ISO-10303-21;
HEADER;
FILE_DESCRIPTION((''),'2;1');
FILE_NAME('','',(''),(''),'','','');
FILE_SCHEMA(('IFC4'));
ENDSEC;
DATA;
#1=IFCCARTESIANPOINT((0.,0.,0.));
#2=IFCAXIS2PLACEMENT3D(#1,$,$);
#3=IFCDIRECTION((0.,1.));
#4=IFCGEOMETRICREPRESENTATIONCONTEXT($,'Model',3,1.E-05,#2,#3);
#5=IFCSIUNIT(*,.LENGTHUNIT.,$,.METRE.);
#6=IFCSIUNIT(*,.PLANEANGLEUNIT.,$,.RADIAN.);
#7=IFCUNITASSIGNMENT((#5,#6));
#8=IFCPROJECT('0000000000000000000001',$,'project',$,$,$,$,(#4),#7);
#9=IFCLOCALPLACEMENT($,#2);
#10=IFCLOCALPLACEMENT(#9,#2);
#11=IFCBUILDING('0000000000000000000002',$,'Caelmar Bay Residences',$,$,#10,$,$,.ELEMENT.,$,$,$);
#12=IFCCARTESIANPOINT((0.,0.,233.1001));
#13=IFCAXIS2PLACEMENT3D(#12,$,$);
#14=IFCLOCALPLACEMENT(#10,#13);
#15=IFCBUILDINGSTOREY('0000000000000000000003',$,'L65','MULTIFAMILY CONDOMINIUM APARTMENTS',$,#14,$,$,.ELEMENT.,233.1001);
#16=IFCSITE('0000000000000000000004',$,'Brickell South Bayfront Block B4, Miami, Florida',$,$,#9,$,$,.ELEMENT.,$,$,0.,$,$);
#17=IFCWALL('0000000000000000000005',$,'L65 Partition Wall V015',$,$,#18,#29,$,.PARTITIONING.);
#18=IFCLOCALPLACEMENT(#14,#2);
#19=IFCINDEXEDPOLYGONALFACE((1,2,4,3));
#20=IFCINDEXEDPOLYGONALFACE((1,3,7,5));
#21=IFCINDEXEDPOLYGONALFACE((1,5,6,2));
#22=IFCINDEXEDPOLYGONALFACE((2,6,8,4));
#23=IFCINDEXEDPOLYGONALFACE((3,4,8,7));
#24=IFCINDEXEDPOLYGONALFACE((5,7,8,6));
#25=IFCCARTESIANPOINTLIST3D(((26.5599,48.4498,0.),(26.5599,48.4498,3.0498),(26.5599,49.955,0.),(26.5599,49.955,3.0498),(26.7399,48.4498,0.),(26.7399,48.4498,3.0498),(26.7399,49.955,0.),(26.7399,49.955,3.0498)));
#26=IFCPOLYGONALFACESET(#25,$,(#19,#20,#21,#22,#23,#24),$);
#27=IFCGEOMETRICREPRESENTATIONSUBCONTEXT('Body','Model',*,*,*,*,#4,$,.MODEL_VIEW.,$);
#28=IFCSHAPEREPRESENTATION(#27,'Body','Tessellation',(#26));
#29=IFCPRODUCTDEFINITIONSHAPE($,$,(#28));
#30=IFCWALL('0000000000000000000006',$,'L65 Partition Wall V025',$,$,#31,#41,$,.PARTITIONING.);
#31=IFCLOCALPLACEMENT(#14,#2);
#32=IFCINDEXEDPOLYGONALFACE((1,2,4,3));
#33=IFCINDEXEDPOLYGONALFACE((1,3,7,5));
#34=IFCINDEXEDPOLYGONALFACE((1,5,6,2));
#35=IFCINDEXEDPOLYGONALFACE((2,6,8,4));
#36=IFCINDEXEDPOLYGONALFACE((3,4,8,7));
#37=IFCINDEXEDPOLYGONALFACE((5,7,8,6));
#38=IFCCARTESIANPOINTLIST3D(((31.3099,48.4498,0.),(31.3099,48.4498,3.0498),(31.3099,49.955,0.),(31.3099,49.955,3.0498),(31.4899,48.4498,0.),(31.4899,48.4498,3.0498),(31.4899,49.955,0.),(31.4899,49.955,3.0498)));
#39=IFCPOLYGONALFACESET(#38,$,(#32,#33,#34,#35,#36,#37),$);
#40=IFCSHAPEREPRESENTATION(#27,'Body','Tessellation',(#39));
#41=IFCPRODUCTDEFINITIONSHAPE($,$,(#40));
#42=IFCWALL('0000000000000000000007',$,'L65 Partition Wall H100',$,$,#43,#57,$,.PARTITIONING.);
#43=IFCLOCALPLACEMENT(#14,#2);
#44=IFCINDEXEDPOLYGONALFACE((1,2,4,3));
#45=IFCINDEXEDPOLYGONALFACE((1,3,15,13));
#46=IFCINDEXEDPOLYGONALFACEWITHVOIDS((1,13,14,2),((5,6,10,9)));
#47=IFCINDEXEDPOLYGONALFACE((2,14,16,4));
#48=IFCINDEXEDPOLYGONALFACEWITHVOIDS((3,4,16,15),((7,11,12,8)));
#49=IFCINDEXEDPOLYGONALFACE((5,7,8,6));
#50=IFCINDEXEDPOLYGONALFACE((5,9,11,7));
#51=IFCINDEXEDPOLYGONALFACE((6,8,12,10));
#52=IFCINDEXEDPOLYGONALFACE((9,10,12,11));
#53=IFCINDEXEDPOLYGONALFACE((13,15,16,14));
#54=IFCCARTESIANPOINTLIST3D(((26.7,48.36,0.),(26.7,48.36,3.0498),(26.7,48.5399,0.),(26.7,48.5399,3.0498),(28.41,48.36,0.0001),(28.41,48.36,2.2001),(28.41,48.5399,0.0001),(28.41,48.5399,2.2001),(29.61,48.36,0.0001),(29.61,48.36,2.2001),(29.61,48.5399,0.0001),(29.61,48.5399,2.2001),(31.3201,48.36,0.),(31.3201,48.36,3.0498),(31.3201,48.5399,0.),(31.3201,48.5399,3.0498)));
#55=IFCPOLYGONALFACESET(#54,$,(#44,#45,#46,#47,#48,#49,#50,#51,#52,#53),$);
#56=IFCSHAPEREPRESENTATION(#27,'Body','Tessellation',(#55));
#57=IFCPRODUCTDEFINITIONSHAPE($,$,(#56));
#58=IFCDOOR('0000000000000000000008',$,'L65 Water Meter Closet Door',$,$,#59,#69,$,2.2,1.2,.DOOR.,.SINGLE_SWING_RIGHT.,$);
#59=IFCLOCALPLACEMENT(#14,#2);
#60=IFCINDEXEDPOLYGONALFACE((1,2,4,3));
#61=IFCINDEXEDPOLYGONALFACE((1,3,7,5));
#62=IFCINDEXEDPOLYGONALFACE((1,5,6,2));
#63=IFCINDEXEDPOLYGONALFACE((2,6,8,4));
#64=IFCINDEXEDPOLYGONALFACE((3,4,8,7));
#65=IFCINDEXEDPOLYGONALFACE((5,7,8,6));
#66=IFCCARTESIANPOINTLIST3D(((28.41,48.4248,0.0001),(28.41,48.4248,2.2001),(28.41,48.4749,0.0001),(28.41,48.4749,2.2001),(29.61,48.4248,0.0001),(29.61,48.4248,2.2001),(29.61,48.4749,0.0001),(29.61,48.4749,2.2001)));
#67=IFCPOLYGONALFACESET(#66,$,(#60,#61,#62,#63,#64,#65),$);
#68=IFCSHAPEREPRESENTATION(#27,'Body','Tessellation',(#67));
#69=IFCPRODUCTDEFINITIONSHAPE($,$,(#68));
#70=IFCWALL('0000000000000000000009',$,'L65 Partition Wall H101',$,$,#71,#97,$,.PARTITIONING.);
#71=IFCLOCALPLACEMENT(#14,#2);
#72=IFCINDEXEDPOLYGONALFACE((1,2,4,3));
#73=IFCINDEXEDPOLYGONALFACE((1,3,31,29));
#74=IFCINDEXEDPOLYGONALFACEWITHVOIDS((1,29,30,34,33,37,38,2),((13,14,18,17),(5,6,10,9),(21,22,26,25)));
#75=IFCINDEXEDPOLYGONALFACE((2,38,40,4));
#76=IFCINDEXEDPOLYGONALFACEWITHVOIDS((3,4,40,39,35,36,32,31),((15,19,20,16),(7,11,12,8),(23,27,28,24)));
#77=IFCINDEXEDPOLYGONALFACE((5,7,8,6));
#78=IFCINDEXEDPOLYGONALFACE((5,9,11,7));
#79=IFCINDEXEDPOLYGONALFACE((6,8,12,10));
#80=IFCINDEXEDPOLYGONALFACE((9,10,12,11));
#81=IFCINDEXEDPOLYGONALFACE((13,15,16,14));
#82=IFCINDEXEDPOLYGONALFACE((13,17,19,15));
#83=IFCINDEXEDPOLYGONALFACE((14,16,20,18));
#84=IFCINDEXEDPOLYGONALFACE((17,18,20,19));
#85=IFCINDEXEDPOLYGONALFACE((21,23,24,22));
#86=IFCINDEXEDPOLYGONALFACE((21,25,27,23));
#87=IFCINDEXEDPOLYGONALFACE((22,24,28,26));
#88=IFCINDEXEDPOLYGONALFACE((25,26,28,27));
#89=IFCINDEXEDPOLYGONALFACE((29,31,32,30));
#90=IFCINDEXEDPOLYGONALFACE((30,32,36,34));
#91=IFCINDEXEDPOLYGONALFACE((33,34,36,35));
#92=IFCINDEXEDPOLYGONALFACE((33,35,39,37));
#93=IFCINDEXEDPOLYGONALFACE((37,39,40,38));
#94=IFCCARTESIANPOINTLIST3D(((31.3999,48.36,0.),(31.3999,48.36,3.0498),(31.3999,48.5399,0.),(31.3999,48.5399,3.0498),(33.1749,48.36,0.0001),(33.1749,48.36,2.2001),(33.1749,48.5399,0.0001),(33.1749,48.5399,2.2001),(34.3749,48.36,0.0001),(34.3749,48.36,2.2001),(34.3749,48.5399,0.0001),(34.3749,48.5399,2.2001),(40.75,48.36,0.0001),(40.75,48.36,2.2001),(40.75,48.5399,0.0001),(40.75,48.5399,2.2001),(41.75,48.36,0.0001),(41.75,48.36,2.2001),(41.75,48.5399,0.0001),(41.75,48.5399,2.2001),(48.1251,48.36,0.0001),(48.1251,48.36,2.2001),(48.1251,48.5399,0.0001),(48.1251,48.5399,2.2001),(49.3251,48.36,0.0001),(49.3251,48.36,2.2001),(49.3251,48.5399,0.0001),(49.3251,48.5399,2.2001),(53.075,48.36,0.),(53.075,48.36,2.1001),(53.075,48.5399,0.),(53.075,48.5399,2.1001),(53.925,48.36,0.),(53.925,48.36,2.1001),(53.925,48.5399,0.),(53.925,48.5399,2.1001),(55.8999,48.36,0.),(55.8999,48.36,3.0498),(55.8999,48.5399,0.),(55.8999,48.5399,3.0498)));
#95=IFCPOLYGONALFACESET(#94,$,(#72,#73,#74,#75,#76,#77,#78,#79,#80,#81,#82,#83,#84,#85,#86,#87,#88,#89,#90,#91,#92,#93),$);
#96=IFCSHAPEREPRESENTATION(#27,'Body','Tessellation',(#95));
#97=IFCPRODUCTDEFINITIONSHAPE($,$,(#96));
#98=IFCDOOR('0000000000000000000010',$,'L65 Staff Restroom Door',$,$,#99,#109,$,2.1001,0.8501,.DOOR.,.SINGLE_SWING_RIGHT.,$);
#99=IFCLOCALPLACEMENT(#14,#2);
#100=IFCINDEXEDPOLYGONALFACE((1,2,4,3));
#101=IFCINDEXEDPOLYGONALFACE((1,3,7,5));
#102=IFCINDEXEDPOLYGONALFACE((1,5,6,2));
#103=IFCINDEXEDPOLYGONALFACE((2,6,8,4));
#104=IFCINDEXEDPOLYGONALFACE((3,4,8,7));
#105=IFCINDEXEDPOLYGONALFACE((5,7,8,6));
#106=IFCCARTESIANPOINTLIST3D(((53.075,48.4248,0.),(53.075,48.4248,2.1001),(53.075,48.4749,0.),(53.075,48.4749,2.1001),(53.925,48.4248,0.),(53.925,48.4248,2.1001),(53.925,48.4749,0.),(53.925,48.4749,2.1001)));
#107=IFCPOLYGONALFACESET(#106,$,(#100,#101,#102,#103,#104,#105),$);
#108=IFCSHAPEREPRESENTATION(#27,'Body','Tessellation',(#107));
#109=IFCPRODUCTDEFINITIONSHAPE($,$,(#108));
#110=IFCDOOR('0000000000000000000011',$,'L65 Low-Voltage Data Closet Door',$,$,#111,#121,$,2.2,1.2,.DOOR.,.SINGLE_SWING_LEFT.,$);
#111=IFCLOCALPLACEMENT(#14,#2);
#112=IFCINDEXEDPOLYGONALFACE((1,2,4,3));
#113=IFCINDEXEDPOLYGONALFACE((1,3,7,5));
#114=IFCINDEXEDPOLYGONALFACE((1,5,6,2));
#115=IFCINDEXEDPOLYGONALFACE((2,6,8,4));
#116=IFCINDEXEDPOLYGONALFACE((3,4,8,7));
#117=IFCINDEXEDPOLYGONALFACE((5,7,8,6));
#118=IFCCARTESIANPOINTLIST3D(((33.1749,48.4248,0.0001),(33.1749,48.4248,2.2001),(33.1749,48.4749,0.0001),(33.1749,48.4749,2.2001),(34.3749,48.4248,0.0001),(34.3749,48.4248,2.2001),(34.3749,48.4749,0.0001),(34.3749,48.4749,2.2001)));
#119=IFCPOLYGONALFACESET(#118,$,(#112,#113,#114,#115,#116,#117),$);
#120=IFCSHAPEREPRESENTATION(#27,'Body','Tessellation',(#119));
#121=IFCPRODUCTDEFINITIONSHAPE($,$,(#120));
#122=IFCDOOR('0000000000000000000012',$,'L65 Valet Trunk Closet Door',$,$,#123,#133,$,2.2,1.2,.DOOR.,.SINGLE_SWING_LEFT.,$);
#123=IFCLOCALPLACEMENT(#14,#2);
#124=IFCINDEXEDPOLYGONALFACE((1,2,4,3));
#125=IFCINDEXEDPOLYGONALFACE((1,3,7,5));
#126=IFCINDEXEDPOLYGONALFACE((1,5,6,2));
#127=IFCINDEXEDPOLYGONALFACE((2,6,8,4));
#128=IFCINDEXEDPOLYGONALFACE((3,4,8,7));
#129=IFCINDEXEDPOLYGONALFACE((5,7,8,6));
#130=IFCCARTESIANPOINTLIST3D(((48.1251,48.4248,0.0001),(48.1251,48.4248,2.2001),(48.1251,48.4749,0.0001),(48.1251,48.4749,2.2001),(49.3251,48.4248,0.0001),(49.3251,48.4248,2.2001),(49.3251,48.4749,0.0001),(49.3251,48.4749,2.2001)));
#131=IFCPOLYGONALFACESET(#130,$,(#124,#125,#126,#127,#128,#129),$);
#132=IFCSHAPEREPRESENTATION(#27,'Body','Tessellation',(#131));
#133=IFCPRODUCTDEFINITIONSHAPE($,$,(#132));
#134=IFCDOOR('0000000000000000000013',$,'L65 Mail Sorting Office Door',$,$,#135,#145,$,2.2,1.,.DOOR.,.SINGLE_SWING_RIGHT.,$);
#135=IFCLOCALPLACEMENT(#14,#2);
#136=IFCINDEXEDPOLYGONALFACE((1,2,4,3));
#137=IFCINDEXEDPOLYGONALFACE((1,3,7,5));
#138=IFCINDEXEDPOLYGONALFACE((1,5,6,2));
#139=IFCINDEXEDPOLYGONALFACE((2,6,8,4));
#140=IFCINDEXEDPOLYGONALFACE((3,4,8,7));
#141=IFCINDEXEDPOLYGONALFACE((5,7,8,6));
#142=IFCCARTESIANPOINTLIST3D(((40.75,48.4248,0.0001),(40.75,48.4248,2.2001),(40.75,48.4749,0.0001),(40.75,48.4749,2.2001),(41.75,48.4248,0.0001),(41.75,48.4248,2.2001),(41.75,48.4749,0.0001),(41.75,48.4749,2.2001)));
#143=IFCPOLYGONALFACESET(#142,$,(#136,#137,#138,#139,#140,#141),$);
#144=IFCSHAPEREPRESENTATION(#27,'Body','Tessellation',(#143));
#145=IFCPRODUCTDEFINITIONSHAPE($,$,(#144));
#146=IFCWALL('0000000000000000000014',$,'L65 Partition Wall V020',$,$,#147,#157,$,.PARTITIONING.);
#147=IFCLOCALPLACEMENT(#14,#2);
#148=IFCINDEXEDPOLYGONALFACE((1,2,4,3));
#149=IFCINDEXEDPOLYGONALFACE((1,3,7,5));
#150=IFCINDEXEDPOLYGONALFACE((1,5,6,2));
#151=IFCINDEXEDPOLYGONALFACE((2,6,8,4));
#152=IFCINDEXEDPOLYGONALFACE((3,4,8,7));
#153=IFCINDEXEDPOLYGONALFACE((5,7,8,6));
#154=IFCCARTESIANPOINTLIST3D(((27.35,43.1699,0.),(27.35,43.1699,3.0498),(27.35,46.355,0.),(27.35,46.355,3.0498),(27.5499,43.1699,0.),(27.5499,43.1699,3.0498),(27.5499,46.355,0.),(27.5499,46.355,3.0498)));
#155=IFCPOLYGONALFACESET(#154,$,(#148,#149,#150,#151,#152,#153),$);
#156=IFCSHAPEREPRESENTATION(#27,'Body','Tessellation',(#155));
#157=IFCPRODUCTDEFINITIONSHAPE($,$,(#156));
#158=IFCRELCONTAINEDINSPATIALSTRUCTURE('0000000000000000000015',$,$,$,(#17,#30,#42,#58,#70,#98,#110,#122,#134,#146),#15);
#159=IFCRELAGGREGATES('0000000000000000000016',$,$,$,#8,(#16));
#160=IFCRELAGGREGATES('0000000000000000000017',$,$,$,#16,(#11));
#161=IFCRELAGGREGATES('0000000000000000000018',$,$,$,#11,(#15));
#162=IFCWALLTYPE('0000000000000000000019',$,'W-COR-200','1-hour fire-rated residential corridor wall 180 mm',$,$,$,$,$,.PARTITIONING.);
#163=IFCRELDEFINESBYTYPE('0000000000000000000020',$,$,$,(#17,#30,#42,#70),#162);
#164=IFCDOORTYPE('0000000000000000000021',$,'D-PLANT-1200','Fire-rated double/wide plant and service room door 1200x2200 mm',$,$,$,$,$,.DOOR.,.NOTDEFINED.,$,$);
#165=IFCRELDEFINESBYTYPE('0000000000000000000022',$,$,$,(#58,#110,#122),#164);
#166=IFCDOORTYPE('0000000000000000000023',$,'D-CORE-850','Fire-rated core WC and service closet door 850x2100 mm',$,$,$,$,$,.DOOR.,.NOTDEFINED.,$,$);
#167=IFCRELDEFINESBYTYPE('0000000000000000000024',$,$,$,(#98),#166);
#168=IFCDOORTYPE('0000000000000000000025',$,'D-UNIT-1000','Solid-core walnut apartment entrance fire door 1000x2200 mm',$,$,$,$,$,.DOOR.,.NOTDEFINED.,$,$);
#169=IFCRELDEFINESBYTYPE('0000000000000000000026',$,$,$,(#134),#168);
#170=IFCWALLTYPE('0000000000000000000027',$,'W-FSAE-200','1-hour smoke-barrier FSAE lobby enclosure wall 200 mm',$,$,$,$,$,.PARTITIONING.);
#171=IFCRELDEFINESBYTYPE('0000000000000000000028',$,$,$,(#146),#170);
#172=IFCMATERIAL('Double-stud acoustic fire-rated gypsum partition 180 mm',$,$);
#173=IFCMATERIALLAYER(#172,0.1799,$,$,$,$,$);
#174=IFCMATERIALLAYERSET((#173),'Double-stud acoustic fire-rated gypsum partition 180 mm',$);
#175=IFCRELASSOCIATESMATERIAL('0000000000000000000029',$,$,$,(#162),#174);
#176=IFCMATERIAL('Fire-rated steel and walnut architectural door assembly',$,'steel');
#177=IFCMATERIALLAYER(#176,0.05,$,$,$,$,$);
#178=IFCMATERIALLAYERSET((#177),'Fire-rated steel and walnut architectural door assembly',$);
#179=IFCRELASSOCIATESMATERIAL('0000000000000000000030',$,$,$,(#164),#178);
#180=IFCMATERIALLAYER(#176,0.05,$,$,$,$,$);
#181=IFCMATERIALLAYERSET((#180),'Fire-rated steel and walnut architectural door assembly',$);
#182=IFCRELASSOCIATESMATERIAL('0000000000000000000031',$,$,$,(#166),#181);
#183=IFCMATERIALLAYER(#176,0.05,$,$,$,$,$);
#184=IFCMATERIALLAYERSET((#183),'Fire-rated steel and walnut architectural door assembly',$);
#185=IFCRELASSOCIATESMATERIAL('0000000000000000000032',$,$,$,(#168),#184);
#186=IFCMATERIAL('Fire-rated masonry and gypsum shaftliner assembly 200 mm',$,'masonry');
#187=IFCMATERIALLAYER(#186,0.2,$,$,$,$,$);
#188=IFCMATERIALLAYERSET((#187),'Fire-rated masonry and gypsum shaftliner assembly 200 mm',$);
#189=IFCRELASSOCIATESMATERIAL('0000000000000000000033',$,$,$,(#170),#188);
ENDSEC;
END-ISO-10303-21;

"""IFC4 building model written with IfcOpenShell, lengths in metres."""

from ifc_helpers import new_model, si_unit, direction, frame, frame_2d, origin, place, context, subcontext, project, spatial, rectangle, extrude, material, layer, layer_set, type_object, element, fill, save


model = new_model("IFC4")

# Units and contexts
model_context = context("Model", 3, precision=1e-05, world=origin(), true_north=direction((0.0, 1.0)))
body_context = subcontext(model_context, "Body", "Model", "MODEL_VIEW")
ifc_project = project(units=[si_unit("LENGTHUNIT", "METRE"), si_unit("PLANEANGLEUNIT", "RADIAN")], contexts=[model_context])

# Site, building, storey
site_placement = place(None, origin())
site = spatial("IfcSite", under=ifc_project, at=site_placement, Name="Brickell South Bayfront Block B4, Miami, Florida", CompositionType="ELEMENT", RefElevation=0.0)
building_placement = place(site_placement, origin())
building = spatial("IfcBuilding", under=site, at=building_placement, Name="Caelmar Bay Residences", CompositionType="ELEMENT")
storey_placement = place(building_placement, frame((0.0, 0.0, 233.1001)))
storey = spatial("IfcBuildingStorey", under=building, at=storey_placement, Name="L65", Description="MULTIFAMILY CONDOMINIUM APARTMENTS", CompositionType="ELEMENT", Elevation=233.1001)

# Walls
ifc_material_1 = material(Name="Double-stud acoustic fire-rated gypsum partition 180 mm")
ifc_layer_1 = layer(ifc_material_1, 0.1799)
ifc_layer_set_1 = layer_set([ifc_layer_1], Name="Double-stud acoustic fire-rated gypsum partition 180 mm")
wall_type_1 = type_object("IfcWallType", Name="W-COR-200", Description="1-hour fire-rated residential corridor wall 180 mm", PredefinedType="PARTITIONING", material=ifc_layer_set_1)
for number, where, z_axis, x_axis, name in (
    (1, (26.6499, 48.45, 0.0), (0.0, 0.0, 1.0), (0.0, 1.0, 0.0), "L65 Partition Wall V015"),
    (2, (31.3999, 48.45, 0.0), (0.0, 0.0, 1.0), (0.0, 1.0, 0.0), "L65 Partition Wall V025"),
):
    element("IfcWall", number, at=place(storey_placement, frame(where, z_axis=z_axis, x_axis=x_axis)), inside=storey, type_object=wall_type_1, Name=name, PredefinedType="PARTITIONING", context=body_context, shape_type="SweptSolid", body=[
        extrude(rectangle(XDim=1.5051, YDim=0.1799, at=frame_2d((0.7524, 0.0))), origin(), (0.0, 0.0, 1.0), 3.0498),
    ])

# Wall, opening, door
wall_1_placement = place(storey_placement, frame((26.7, 48.45, 0.0), z_axis=(0.0, 0.0, 1.0), x_axis=(1.0, 0.0, 0.0)))
wall_1 = element("IfcWall", 3, at=wall_1_placement, inside=storey, type_object=wall_type_1, Name="L65 Partition Wall H100", PredefinedType="PARTITIONING", context=body_context, shape_type="SweptSolid", body=[
    extrude(rectangle(XDim=4.6201, YDim=0.1799, at=frame_2d((2.3101, 0.0))), origin(), (0.0, 0.0, 1.0), 3.0498),
])
opening_1_placement = place(wall_1_placement, frame((1.71, 0.0, 0.0)))
opening_1 = element("IfcOpeningElement", 4, at=opening_1_placement, cuts=wall_1, PredefinedType="OPENING", context=body_context, shape_type="SweptSolid", body=[
    extrude(rectangle(XDim=1.2, YDim=2.2, at=frame_2d((0.6001, 1.1001))), frame((0.0, 0.0999, 0.0), z_axis=(0.0, -1.0, 0.0), x_axis=(1.0, 0.0, 0.0)), (0.0, 0.0, 1.0), 0.2),
])
ifc_material_2 = material(Name="Fire-rated steel and walnut architectural door assembly", Category="steel")
ifc_layer_2 = layer(ifc_material_2, 0.05)
ifc_layer_set_2 = layer_set([ifc_layer_2], Name="Fire-rated steel and walnut architectural door assembly")
door_type_1 = type_object("IfcDoorType", Name="D-PLANT-1200", Description="Fire-rated double/wide plant and service room door 1200x2200 mm", OperationType="NOTDEFINED", PredefinedType="DOOR", material=ifc_layer_set_2)
door_1_placement = place(opening_1_placement, origin())
door_1 = element("IfcDoor", 5, at=door_1_placement, inside=storey, type_object=door_type_1, Name="L65 Water Meter Closet Door", OperationType="SINGLE_SWING_RIGHT", OverallHeight=2.2, OverallWidth=1.2, PredefinedType="DOOR", context=body_context, shape_type="SweptSolid", body=[
    extrude(rectangle(XDim=1.2, YDim=2.2, at=frame_2d((0.6001, 1.1001))), frame((0.0, 0.0249, 0.0), z_axis=(0.0, -1.0, 0.0), x_axis=(1.0, 0.0, 0.0)), (0.0, 0.0, 1.0), 0.05),
])
fill(opening_1, door_1)

# Wall, openings, doors
wall_2_placement = place(storey_placement, frame((31.3999, 48.45, 0.0), z_axis=(0.0, 0.0, 1.0), x_axis=(1.0, 0.0, 0.0)))
wall_2 = element("IfcWall", 6, at=wall_2_placement, inside=storey, type_object=wall_type_1, Name="L65 Partition Wall H101", PredefinedType="PARTITIONING", context=body_context, shape_type="SweptSolid", body=[
    extrude(rectangle(XDim=24.5, YDim=0.1799, at=frame_2d((12.25, 0.0))), origin(), (0.0, 0.0, 1.0), 3.0498),
])
opening_2_placement = place(wall_2_placement, frame((1.7749, 0.0, 0.0)))
opening_2 = element("IfcOpeningElement", 7, at=opening_2_placement, cuts=wall_2, PredefinedType="OPENING", context=body_context, shape_type="SweptSolid", body=[
    extrude(rectangle(XDim=1.2, YDim=2.2, at=frame_2d((0.6001, 1.1001))), frame((0.0, 0.0999, 0.0), z_axis=(0.0, -1.0, 0.0), x_axis=(1.0, 0.0, 0.0)), (0.0, 0.0, 1.0), 0.2),
])
opening_3_placement = place(wall_2_placement, frame((9.3501, 0.0, 0.0)))
opening_3 = element("IfcOpeningElement", 8, at=opening_3_placement, cuts=wall_2, PredefinedType="OPENING", context=body_context, shape_type="SweptSolid", body=[
    extrude(rectangle(XDim=1.0, YDim=2.2, at=frame_2d((0.5, 1.1001))), frame((0.0, 0.0999, 0.0), z_axis=(0.0, -1.0, 0.0), x_axis=(1.0, 0.0, 0.0)), (0.0, 0.0, 1.0), 0.2),
])
opening_4_placement = place(wall_2_placement, frame((16.7251, 0.0, 0.0)))
opening_4 = element("IfcOpeningElement", 9, at=opening_4_placement, cuts=wall_2, PredefinedType="OPENING", context=body_context, shape_type="SweptSolid", body=[
    extrude(rectangle(XDim=1.2, YDim=2.2, at=frame_2d((0.6001, 1.1001))), frame((0.0, 0.0999, 0.0), z_axis=(0.0, -1.0, 0.0), x_axis=(1.0, 0.0, 0.0)), (0.0, 0.0, 1.0), 0.2),
])
opening_5_placement = place(wall_2_placement, frame((21.675, 0.0, 0.0)))
opening_5 = element("IfcOpeningElement", 10, at=opening_5_placement, cuts=wall_2, PredefinedType="OPENING", context=body_context, shape_type="SweptSolid", body=[
    extrude(rectangle(XDim=0.8501, YDim=2.1001, at=frame_2d((0.425, 1.05))), frame((0.0, 0.0999, 0.0), z_axis=(0.0, -1.0, 0.0), x_axis=(1.0, 0.0, 0.0)), (0.0, 0.0, 1.0), 0.2),
])
ifc_layer_3 = layer(ifc_material_2, 0.05)
ifc_layer_set_3 = layer_set([ifc_layer_3], Name="Fire-rated steel and walnut architectural door assembly")
door_type_2 = type_object("IfcDoorType", Name="D-CORE-850", Description="Fire-rated core WC and service closet door 850x2100 mm", OperationType="NOTDEFINED", PredefinedType="DOOR", material=ifc_layer_set_3)
door_2_placement = place(opening_5_placement, origin())
door_2 = element("IfcDoor", 11, at=door_2_placement, inside=storey, type_object=door_type_2, Name="L65 Staff Restroom Door", OperationType="SINGLE_SWING_RIGHT", OverallHeight=2.1001, OverallWidth=0.8501, PredefinedType="DOOR", context=body_context, shape_type="SweptSolid", body=[
    extrude(rectangle(XDim=0.8501, YDim=2.1001, at=frame_2d((0.425, 1.05))), frame((0.0, 0.0249, 0.0), z_axis=(0.0, -1.0, 0.0), x_axis=(1.0, 0.0, 0.0)), (0.0, 0.0, 1.0), 0.05),
])
fill(opening_5, door_2)
door_3_placement = place(opening_2_placement, origin())
door_3 = element("IfcDoor", 12, at=door_3_placement, inside=storey, type_object=door_type_1, Name="L65 Low-Voltage Data Closet Door", OperationType="SINGLE_SWING_LEFT", OverallHeight=2.2, OverallWidth=1.2, PredefinedType="DOOR", context=body_context, shape_type="SweptSolid", body=[
    extrude(rectangle(XDim=1.2, YDim=2.2, at=frame_2d((0.6001, 1.1001))), frame((0.0, 0.0249, 0.0), z_axis=(0.0, -1.0, 0.0), x_axis=(1.0, 0.0, 0.0)), (0.0, 0.0, 1.0), 0.05),
])
fill(opening_2, door_3)
door_4_placement = place(opening_4_placement, origin())
door_4 = element("IfcDoor", 13, at=door_4_placement, inside=storey, type_object=door_type_1, Name="L65 Valet Trunk Closet Door", OperationType="SINGLE_SWING_LEFT", OverallHeight=2.2, OverallWidth=1.2, PredefinedType="DOOR", context=body_context, shape_type="SweptSolid", body=[
    extrude(rectangle(XDim=1.2, YDim=2.2, at=frame_2d((0.6001, 1.1001))), frame((0.0, 0.0249, 0.0), z_axis=(0.0, -1.0, 0.0), x_axis=(1.0, 0.0, 0.0)), (0.0, 0.0, 1.0), 0.05),
])
fill(opening_4, door_4)
ifc_layer_4 = layer(ifc_material_2, 0.05)
ifc_layer_set_4 = layer_set([ifc_layer_4], Name="Fire-rated steel and walnut architectural door assembly")
door_type_3 = type_object("IfcDoorType", Name="D-UNIT-1000", Description="Solid-core walnut apartment entrance fire door 1000x2200 mm", OperationType="NOTDEFINED", PredefinedType="DOOR", material=ifc_layer_set_4)
door_5_placement = place(opening_3_placement, origin())
door_5 = element("IfcDoor", 14, at=door_5_placement, inside=storey, type_object=door_type_3, Name="L65 Mail Sorting Office Door", OperationType="SINGLE_SWING_RIGHT", OverallHeight=2.2, OverallWidth=1.0, PredefinedType="DOOR", context=body_context, shape_type="SweptSolid", body=[
    extrude(rectangle(XDim=1.0, YDim=2.2, at=frame_2d((0.5, 1.1001))), frame((0.0, 0.0249, 0.0), z_axis=(0.0, -1.0, 0.0), x_axis=(1.0, 0.0, 0.0)), (0.0, 0.0, 1.0), 0.05),
])
fill(opening_3, door_5)

# Wall
ifc_material_3 = material(Name="Fire-rated masonry and gypsum shaftliner assembly 200 mm", Category="masonry")
ifc_layer_5 = layer(ifc_material_3, 0.2)
ifc_layer_set_5 = layer_set([ifc_layer_5], Name="Fire-rated masonry and gypsum shaftliner assembly 200 mm")
wall_type_2 = type_object("IfcWallType", Name="W-FSAE-200", Description="1-hour smoke-barrier FSAE lobby enclosure wall 200 mm", PredefinedType="PARTITIONING", material=ifc_layer_set_5)
wall_3_placement = place(storey_placement, frame((27.45, 43.1699, 0.0), z_axis=(0.0, 0.0, 1.0), x_axis=(0.0, 1.0, 0.0)))
element("IfcWall", 15, at=wall_3_placement, inside=storey, type_object=wall_type_2, Name="L65 Partition Wall V020", PredefinedType="PARTITIONING", context=body_context, shape_type="SweptSolid", body=[
    extrude(rectangle(XDim=3.1851, YDim=0.2, at=frame_2d((1.5925, 0.0))), origin(), (0.0, 0.0, 1.0), 3.0498),
])

save(model, "model.ifc")
